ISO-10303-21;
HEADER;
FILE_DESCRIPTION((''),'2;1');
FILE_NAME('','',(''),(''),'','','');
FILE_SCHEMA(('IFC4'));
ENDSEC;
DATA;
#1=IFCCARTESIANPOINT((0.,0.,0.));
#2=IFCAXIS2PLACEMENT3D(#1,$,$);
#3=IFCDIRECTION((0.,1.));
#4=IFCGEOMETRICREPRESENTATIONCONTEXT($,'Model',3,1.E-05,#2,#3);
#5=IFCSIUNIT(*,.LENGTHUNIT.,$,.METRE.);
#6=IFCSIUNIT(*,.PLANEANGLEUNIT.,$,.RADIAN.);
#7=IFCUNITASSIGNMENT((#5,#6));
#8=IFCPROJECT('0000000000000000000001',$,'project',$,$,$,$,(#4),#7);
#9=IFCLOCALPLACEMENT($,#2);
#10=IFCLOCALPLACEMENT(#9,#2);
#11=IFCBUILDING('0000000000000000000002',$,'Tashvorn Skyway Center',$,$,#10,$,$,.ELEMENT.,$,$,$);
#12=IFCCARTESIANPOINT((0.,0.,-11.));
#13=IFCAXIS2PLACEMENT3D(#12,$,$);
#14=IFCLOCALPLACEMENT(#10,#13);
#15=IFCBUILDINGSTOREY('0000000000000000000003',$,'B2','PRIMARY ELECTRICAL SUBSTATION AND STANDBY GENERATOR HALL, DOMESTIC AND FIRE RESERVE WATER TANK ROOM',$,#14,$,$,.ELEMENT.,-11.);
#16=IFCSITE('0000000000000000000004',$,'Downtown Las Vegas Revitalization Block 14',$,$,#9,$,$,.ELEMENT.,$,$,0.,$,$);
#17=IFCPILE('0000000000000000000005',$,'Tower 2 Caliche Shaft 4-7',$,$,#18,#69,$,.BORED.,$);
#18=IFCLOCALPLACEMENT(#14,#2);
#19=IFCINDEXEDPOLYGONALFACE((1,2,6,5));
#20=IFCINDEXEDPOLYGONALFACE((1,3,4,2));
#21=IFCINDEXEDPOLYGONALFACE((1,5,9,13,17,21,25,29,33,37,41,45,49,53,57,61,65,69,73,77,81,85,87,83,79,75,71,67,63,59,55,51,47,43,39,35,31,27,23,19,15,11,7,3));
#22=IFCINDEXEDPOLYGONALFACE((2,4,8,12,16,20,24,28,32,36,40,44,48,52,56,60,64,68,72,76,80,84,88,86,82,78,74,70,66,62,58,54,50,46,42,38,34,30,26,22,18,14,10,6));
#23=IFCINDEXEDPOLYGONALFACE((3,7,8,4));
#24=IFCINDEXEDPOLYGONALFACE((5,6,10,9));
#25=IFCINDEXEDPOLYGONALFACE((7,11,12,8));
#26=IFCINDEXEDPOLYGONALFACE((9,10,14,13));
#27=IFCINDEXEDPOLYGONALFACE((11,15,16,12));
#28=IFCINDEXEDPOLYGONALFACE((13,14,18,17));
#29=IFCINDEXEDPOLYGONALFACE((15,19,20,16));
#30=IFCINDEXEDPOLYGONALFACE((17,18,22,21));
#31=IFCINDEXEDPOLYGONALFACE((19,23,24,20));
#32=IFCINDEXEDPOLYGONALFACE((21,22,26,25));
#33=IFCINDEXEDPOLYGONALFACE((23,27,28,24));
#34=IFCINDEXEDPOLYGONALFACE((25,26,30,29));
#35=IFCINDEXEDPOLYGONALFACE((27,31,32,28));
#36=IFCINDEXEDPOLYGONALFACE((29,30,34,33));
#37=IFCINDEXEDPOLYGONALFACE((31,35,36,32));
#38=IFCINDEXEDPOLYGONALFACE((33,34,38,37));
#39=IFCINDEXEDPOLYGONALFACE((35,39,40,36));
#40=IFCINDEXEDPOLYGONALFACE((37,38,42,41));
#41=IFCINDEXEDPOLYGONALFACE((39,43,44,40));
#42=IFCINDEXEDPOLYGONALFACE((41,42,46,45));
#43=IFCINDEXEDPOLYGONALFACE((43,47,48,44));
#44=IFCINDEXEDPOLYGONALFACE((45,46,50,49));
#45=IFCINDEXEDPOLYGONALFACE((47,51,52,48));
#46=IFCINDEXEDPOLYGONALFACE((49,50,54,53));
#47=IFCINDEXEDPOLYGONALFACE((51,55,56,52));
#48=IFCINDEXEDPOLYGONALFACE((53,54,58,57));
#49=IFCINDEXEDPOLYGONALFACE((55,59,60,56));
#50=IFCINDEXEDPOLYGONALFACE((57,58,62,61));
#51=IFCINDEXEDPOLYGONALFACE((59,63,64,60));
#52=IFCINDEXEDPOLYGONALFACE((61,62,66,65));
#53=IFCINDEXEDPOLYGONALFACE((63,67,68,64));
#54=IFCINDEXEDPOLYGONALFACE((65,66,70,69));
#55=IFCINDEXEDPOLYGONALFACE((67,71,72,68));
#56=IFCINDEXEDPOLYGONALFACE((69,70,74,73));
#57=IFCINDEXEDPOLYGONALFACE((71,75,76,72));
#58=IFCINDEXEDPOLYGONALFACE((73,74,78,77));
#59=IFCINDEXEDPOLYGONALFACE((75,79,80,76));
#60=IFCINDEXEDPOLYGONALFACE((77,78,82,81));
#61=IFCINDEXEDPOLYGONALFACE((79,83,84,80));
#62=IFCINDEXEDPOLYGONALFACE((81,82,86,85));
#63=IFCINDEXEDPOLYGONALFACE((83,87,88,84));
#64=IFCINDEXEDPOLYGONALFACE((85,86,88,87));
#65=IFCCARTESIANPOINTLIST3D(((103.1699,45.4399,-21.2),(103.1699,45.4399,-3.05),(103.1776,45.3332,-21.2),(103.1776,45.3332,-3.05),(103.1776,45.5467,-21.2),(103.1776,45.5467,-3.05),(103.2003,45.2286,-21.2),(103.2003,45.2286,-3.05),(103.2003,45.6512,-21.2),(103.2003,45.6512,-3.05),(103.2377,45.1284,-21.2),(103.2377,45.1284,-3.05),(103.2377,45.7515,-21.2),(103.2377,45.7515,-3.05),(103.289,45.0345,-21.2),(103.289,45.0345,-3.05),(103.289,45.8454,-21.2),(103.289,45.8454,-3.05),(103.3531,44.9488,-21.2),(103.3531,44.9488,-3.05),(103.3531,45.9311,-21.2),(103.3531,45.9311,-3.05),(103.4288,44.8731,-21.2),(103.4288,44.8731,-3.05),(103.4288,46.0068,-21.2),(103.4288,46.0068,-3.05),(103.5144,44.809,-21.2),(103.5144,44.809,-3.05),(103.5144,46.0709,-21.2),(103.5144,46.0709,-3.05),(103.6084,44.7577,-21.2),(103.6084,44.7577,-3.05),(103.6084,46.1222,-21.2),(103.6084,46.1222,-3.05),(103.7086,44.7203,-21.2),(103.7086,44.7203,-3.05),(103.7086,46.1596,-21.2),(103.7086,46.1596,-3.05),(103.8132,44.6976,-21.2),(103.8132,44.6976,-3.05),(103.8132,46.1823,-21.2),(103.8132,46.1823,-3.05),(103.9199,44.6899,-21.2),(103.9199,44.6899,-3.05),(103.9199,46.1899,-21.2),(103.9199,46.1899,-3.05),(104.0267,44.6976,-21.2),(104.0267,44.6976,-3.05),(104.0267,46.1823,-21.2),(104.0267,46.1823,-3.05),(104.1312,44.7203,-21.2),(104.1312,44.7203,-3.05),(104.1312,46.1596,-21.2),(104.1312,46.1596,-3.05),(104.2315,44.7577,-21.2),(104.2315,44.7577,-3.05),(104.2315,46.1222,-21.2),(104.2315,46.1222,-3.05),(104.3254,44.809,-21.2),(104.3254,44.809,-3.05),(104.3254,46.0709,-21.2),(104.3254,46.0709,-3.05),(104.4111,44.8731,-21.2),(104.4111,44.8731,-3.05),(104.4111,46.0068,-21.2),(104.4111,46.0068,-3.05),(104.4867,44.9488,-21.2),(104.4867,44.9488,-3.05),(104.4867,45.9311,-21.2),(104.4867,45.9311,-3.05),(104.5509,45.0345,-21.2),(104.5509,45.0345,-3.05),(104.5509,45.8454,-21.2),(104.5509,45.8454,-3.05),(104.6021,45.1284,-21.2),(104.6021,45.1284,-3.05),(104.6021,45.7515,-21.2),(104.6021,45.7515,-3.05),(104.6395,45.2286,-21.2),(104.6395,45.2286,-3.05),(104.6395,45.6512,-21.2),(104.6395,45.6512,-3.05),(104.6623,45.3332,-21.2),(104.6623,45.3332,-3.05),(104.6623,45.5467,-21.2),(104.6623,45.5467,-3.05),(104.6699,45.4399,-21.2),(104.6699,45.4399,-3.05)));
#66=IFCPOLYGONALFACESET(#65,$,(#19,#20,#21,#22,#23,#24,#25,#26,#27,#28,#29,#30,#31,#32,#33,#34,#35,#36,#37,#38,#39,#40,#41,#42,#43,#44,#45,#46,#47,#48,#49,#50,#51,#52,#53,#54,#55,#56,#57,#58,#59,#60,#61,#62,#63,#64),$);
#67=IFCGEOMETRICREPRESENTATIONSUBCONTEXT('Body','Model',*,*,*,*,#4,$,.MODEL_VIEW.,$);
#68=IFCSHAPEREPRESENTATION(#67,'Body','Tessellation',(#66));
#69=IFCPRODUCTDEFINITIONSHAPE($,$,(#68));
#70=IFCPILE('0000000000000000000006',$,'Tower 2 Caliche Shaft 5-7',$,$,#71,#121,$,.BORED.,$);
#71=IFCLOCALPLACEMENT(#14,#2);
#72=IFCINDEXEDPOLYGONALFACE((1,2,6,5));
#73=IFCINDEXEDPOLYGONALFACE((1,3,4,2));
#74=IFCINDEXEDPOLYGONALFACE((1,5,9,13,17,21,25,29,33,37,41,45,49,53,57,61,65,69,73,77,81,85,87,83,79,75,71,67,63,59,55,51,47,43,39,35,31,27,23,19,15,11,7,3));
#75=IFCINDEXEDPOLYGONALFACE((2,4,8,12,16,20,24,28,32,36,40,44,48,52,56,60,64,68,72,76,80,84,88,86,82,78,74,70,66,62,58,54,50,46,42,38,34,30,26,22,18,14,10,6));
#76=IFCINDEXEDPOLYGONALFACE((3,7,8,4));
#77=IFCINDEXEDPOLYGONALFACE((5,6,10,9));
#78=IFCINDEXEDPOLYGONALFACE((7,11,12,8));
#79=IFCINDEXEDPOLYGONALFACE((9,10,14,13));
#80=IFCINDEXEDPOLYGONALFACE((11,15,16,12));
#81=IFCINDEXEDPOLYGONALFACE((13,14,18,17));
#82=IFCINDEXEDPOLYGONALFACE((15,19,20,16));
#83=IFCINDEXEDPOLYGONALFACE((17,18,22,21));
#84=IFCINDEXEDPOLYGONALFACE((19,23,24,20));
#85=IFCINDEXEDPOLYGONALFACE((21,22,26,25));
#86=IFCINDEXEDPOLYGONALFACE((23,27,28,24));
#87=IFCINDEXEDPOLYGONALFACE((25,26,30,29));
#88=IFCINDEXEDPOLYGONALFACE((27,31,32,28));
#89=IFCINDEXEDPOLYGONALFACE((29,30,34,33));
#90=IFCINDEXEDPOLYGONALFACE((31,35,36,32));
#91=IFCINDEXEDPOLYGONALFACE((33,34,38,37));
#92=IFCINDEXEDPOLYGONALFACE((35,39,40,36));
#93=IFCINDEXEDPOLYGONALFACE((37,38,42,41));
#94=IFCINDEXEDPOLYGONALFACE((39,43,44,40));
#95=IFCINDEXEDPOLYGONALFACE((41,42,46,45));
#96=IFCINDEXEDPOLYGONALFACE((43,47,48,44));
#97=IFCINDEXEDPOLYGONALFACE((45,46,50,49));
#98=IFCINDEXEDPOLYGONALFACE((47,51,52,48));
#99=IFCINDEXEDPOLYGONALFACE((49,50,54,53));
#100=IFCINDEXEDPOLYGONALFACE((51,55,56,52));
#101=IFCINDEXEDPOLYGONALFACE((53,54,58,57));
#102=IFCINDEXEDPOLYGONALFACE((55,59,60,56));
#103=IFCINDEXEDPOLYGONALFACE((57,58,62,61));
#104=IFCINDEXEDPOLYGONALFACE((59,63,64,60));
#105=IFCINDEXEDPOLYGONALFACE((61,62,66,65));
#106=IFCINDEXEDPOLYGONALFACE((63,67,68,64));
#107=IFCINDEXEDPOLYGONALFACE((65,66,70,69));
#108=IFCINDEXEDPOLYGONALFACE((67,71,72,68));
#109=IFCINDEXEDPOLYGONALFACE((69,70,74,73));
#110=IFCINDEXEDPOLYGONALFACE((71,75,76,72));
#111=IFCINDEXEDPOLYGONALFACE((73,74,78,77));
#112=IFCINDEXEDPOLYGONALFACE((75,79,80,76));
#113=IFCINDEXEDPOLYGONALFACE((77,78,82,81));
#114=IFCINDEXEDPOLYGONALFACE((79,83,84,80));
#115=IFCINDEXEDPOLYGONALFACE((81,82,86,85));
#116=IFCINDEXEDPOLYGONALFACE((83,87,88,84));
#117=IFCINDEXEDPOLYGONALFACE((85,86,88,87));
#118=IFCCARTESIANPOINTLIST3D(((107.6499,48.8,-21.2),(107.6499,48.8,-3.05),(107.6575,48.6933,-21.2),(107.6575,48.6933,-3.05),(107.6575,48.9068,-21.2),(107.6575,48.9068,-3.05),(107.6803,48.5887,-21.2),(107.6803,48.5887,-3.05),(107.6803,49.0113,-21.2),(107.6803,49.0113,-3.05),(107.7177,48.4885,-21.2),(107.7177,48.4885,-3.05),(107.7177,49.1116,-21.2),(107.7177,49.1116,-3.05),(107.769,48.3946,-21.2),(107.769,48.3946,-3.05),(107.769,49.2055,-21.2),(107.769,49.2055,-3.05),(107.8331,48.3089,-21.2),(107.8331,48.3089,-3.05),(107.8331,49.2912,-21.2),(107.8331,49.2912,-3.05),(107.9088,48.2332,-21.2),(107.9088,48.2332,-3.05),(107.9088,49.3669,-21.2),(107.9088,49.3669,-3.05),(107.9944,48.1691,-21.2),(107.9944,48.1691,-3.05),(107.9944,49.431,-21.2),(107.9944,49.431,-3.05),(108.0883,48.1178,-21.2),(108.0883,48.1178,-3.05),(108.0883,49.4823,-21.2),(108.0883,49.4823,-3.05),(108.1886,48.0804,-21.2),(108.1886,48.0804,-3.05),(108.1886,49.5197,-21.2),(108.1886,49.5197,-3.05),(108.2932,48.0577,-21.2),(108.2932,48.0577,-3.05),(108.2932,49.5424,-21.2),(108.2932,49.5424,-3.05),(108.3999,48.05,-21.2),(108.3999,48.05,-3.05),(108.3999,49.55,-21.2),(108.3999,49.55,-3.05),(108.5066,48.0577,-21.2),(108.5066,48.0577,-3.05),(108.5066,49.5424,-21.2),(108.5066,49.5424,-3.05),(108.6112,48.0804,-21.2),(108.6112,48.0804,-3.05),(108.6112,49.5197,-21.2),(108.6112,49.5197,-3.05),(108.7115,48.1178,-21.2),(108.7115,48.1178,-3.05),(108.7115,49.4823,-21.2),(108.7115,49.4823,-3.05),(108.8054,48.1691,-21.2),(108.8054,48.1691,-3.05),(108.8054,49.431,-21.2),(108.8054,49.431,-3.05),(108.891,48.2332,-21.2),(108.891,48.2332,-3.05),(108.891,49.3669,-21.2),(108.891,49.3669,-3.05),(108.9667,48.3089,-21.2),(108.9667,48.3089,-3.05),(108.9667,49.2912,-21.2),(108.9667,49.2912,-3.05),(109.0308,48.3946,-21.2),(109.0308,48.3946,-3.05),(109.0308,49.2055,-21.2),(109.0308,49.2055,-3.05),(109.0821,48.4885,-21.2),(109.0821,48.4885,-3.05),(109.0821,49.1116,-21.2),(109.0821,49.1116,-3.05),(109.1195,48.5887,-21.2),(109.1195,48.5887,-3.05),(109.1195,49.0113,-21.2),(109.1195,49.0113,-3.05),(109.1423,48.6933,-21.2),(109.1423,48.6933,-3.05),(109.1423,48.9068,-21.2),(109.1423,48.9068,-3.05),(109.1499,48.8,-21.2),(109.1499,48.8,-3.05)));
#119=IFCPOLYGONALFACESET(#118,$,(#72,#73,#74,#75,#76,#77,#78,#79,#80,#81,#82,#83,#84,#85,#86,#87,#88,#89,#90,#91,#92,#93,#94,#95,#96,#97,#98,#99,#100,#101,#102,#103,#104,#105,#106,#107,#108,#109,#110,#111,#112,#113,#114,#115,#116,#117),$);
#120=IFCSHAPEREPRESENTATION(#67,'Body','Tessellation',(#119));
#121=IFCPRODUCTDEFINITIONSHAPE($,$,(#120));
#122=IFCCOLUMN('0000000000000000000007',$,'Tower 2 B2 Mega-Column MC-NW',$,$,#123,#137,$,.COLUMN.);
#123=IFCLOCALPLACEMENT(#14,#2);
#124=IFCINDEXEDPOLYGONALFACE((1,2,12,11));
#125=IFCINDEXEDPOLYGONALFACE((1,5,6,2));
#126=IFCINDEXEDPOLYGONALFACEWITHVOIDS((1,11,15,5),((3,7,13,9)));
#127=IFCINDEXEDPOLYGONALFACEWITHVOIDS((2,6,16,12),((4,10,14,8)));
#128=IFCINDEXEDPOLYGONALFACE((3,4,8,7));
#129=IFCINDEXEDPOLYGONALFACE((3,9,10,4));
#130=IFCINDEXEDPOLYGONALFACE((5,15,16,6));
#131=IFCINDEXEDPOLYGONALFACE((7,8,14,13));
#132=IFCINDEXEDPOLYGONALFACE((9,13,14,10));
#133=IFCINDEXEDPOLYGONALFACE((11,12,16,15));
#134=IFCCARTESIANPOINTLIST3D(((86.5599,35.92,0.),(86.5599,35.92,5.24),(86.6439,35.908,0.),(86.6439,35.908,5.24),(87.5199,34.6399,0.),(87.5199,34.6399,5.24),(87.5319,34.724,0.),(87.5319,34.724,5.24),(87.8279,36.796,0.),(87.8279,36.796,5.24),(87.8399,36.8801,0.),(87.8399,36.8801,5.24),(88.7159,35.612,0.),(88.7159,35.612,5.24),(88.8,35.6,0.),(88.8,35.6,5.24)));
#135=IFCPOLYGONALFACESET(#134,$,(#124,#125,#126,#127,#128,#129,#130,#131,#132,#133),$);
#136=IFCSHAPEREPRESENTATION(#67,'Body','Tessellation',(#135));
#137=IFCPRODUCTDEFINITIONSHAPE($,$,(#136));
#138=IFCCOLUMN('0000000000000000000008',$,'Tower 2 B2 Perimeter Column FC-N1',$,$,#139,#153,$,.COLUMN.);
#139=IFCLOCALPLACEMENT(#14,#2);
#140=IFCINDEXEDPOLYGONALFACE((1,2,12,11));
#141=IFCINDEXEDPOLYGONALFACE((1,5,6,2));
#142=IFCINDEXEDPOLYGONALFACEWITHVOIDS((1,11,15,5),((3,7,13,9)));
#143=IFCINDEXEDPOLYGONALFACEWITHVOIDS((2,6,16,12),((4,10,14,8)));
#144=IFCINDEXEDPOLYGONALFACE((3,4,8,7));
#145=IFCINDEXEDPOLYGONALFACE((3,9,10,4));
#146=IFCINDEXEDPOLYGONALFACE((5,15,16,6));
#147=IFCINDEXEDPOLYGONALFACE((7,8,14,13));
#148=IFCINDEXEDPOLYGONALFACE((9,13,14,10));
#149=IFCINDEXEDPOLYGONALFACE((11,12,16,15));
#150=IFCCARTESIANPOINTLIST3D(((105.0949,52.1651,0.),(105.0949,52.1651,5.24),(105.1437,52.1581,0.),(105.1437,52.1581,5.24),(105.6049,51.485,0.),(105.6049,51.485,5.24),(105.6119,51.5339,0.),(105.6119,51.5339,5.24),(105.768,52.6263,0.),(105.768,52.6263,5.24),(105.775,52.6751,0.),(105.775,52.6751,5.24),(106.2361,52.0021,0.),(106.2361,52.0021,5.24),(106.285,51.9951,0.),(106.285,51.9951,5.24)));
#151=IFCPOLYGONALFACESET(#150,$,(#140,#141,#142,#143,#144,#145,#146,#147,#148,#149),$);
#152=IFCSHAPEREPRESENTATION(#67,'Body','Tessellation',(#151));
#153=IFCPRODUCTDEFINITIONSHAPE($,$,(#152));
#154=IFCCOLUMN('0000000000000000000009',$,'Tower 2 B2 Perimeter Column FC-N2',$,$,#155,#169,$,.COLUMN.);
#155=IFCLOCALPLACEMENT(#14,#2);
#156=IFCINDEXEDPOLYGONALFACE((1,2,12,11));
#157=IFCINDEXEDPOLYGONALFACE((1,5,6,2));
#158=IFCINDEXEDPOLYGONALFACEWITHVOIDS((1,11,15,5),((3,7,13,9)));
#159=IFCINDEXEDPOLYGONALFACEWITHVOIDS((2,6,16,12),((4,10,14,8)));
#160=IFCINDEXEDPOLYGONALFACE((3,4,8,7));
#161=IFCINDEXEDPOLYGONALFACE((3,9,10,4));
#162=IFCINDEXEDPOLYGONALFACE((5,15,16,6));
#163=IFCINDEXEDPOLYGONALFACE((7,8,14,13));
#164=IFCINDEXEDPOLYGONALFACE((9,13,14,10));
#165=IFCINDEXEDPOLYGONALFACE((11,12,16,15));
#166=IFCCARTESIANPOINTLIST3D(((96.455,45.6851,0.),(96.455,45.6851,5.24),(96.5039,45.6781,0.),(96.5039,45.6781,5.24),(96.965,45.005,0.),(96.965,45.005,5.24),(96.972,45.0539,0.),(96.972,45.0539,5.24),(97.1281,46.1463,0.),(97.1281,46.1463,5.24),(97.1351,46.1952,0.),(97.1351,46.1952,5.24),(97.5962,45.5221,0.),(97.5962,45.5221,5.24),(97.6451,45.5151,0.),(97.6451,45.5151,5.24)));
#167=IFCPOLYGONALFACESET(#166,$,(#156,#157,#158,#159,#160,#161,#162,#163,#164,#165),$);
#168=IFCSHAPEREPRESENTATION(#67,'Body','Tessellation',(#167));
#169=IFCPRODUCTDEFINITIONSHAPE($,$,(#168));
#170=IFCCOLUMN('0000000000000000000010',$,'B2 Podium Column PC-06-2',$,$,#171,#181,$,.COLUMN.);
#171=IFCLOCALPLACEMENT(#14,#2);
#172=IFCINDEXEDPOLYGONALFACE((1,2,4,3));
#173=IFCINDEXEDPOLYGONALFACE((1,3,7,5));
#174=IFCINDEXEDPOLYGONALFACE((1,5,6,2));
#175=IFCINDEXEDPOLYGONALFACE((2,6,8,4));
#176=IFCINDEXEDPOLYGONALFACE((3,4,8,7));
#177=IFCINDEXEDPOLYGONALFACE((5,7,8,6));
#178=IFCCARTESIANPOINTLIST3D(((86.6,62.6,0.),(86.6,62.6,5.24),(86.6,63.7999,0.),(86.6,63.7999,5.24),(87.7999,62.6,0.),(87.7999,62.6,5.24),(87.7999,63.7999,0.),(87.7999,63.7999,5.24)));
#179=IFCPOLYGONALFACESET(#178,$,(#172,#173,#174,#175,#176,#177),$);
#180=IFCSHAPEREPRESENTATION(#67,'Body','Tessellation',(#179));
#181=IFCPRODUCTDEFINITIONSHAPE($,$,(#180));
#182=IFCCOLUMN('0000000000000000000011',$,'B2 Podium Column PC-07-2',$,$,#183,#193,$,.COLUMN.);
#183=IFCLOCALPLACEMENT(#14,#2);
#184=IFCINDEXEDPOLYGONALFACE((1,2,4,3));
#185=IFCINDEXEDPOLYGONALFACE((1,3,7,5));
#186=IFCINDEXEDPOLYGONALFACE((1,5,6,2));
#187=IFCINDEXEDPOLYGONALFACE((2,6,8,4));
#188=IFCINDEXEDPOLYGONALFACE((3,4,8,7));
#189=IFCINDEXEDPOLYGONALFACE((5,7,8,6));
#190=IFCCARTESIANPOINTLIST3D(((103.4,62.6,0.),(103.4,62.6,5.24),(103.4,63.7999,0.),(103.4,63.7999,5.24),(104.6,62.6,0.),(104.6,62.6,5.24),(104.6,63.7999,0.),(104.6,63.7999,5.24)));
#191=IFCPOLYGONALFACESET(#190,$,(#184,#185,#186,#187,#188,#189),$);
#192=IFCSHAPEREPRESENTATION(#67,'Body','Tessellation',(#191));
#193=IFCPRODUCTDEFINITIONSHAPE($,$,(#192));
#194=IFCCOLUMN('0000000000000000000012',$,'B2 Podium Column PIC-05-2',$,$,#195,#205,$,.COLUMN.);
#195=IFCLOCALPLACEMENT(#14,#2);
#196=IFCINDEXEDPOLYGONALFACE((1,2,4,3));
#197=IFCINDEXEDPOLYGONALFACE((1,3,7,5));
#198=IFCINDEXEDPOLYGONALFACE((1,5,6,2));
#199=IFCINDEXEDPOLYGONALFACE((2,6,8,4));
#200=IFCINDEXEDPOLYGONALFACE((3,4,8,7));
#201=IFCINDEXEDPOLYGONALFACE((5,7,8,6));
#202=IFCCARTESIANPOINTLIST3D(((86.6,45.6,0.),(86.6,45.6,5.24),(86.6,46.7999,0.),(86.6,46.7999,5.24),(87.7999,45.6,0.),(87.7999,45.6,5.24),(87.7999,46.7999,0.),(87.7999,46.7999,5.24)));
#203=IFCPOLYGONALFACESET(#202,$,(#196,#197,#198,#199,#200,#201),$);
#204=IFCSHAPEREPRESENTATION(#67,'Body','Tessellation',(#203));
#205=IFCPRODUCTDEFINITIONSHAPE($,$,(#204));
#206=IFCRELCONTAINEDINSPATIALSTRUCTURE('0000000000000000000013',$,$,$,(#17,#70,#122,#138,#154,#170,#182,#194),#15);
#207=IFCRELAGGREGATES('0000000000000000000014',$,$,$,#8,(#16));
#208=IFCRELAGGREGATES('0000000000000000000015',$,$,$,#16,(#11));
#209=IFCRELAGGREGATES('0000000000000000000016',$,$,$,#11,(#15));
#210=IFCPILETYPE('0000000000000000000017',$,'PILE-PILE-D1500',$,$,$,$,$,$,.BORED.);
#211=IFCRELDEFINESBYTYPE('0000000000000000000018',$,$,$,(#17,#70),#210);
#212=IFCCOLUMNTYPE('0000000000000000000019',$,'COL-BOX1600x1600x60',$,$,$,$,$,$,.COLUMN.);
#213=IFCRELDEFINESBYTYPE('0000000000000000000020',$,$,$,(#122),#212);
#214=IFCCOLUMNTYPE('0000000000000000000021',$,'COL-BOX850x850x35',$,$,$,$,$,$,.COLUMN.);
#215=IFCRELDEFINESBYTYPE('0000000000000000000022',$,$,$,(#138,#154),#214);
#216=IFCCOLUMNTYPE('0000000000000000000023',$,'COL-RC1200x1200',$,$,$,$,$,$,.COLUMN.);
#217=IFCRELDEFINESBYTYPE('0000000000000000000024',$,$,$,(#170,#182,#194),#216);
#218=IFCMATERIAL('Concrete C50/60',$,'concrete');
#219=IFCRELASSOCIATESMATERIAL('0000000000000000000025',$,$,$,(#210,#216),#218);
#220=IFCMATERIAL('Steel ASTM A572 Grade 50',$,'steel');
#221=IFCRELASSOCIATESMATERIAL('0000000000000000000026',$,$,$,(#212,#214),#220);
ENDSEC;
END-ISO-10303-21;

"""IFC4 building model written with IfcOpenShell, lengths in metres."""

from ifc_helpers import new_model, si_unit, direction, frame, origin, origin_2d, place, context, subcontext, project, spatial, rectangle, hollow_rectangle, circle, extrude, material, material_profile, profile_set, type_object, element, save


model = new_model("IFC4")

# Units and contexts
model_context = context("Model", 3, precision=1e-05, world=origin(), true_north=direction((0.0, 1.0)))
body_context = subcontext(model_context, "Body", "Model", "MODEL_VIEW")
ifc_project = project(units=[si_unit("LENGTHUNIT", "METRE"), si_unit("PLANEANGLEUNIT", "RADIAN")], contexts=[model_context])

# Site, building, storey
site_placement = place(None, origin())
site = spatial("IfcSite", under=ifc_project, at=site_placement, Name="Downtown Las Vegas Revitalization Block 14", CompositionType="ELEMENT", RefElevation=0.0)
building_placement = place(site_placement, origin())
building = spatial("IfcBuilding", under=site, at=building_placement, Name="Tashvorn Skyway Center", CompositionType="ELEMENT")
storey_placement = place(building_placement, frame((0.0, 0.0, -11.0)))
storey = spatial("IfcBuildingStorey", under=building, at=storey_placement, Name="B2", Description="PRIMARY ELECTRICAL SUBSTATION AND STANDBY GENERATOR HALL, DOMESTIC AND FIRE RESERVE WATER TANK ROOM", CompositionType="ELEMENT", Elevation=-11.0)

# Piles
ifc_material_1 = material(Name="Concrete C50/60", Category="concrete")
ifc_material_profile_1 = material_profile(ifc_material_1, circle(Radius=0.75, at=origin_2d()), Name="PILE-D1500")
ifc_profile_set_1 = profile_set([ifc_material_profile_1], Name="Concrete C50/60")
pile_type = type_object("IfcPileType", Name="PILE-PILE-D1500", PredefinedType="BORED", material=ifc_profile_set_1)
for number, where, z_axis, x_axis, name in (
    (1, (103.9199, 45.4399, -3.05), (0.0, 0.0, -1.0), (1.0, 0.0, 0.0), "Tower 2 Caliche Shaft 4-7"),
    (2, (108.3999, 48.8, -3.05), (0.0, 0.0, -1.0), (1.0, 0.0, 0.0), "Tower 2 Caliche Shaft 5-7"),
):
    element("IfcPile", number, at=place(storey_placement, frame(where, z_axis=z_axis, x_axis=x_axis)), inside=storey, type_object=pile_type, Name=name, PredefinedType="BORED", context=body_context, shape_type="SweptSolid", body=[
        extrude(circle(Radius=0.75, at=origin_2d()), origin(), (0.0, 0.0, 1.0), 18.1499),
    ])

# Columns
ifc_material_2 = material(Name="Steel ASTM A572 Grade 50", Category="steel")
ifc_material_profile_2 = material_profile(ifc_material_2, hollow_rectangle(XDim=1.6001, YDim=1.6001, WallThickness=0.0601, at=origin_2d()), Name="BOX1600x1600x60")
ifc_profile_set_2 = profile_set([ifc_material_profile_2], Name="Steel ASTM A572 Grade 50")
column_type_1 = type_object("IfcColumnType", Name="COL-BOX1600x1600x60", PredefinedType="COLUMN", material=ifc_profile_set_2)
column_placement = place(storey_placement, frame((87.6799, 35.76, 0.0), z_axis=(0.0, 0.0, 1.0), x_axis=(0.8, 0.6, 0.0)))
element("IfcColumn", 3, at=column_placement, inside=storey, type_object=column_type_1, Name="Tower 2 B2 Mega-Column MC-NW", PredefinedType="COLUMN", context=body_context, shape_type="SweptSolid", body=[
    extrude(hollow_rectangle(XDim=1.6001, YDim=1.6001, WallThickness=0.0601, at=origin_2d()), origin(), (0.0, 0.0, 1.0), 5.24),
])
ifc_material_profile_3 = material_profile(ifc_material_2, hollow_rectangle(XDim=0.8501, YDim=0.8501, WallThickness=0.0349, at=origin_2d()), Name="BOX850x850x35")
ifc_profile_set_3 = profile_set([ifc_material_profile_3], Name="Steel ASTM A572 Grade 50")
column_type_2 = type_object("IfcColumnType", Name="COL-BOX850x850x35", PredefinedType="COLUMN", material=ifc_profile_set_3)
for number, where, z_axis, x_axis, name in (
    (4, (105.6899, 52.0801, 0.0), (0.0, 0.0, 1.0), (0.8, 0.6, 0.0), "Tower 2 B2 Perimeter Column FC-N1"),
    (5, (97.05, 45.6001, 0.0), (0.0, 0.0, 1.0), (0.8, 0.6, 0.0), "Tower 2 B2 Perimeter Column FC-N2"),
):
    element("IfcColumn", number, at=place(storey_placement, frame(where, z_axis=z_axis, x_axis=x_axis)), inside=storey, type_object=column_type_2, Name=name, PredefinedType="COLUMN", context=body_context, shape_type="SweptSolid", body=[
        extrude(hollow_rectangle(XDim=0.8501, YDim=0.8501, WallThickness=0.0349, at=origin_2d()), origin(), (0.0, 0.0, 1.0), 5.24),
    ])
ifc_material_profile_4 = material_profile(ifc_material_1, rectangle(XDim=1.2, YDim=1.2, at=origin_2d()), Name="RC1200x1200")
ifc_profile_set_4 = profile_set([ifc_material_profile_4], Name="Concrete C50/60")
column_type_3 = type_object("IfcColumnType", Name="COL-RC1200x1200", PredefinedType="COLUMN", material=ifc_profile_set_4)
for number, where, z_axis, x_axis, name in (
    (6, (87.2, 63.2, 0.0), (0.0, 0.0, 1.0), (1.0, 0.0, 0.0), "B2 Podium Column PC-06-2"),
    (7, (104.0, 63.2, 0.0), (0.0, 0.0, 1.0), (1.0, 0.0, 0.0), "B2 Podium Column PC-07-2"),
    (8, (87.2, 46.2, 0.0), (0.0, 0.0, 1.0), (1.0, 0.0, 0.0), "B2 Podium Column PIC-05-2"),
):
    element("IfcColumn", number, at=place(storey_placement, frame(where, z_axis=z_axis, x_axis=x_axis)), inside=storey, type_object=column_type_3, Name=name, PredefinedType="COLUMN", context=body_context, shape_type="SweptSolid", body=[
        extrude(rectangle(XDim=1.2, YDim=1.2, at=origin_2d()), origin(), (0.0, 0.0, 1.0), 5.24),
    ])

save(model, "model.ifc")
